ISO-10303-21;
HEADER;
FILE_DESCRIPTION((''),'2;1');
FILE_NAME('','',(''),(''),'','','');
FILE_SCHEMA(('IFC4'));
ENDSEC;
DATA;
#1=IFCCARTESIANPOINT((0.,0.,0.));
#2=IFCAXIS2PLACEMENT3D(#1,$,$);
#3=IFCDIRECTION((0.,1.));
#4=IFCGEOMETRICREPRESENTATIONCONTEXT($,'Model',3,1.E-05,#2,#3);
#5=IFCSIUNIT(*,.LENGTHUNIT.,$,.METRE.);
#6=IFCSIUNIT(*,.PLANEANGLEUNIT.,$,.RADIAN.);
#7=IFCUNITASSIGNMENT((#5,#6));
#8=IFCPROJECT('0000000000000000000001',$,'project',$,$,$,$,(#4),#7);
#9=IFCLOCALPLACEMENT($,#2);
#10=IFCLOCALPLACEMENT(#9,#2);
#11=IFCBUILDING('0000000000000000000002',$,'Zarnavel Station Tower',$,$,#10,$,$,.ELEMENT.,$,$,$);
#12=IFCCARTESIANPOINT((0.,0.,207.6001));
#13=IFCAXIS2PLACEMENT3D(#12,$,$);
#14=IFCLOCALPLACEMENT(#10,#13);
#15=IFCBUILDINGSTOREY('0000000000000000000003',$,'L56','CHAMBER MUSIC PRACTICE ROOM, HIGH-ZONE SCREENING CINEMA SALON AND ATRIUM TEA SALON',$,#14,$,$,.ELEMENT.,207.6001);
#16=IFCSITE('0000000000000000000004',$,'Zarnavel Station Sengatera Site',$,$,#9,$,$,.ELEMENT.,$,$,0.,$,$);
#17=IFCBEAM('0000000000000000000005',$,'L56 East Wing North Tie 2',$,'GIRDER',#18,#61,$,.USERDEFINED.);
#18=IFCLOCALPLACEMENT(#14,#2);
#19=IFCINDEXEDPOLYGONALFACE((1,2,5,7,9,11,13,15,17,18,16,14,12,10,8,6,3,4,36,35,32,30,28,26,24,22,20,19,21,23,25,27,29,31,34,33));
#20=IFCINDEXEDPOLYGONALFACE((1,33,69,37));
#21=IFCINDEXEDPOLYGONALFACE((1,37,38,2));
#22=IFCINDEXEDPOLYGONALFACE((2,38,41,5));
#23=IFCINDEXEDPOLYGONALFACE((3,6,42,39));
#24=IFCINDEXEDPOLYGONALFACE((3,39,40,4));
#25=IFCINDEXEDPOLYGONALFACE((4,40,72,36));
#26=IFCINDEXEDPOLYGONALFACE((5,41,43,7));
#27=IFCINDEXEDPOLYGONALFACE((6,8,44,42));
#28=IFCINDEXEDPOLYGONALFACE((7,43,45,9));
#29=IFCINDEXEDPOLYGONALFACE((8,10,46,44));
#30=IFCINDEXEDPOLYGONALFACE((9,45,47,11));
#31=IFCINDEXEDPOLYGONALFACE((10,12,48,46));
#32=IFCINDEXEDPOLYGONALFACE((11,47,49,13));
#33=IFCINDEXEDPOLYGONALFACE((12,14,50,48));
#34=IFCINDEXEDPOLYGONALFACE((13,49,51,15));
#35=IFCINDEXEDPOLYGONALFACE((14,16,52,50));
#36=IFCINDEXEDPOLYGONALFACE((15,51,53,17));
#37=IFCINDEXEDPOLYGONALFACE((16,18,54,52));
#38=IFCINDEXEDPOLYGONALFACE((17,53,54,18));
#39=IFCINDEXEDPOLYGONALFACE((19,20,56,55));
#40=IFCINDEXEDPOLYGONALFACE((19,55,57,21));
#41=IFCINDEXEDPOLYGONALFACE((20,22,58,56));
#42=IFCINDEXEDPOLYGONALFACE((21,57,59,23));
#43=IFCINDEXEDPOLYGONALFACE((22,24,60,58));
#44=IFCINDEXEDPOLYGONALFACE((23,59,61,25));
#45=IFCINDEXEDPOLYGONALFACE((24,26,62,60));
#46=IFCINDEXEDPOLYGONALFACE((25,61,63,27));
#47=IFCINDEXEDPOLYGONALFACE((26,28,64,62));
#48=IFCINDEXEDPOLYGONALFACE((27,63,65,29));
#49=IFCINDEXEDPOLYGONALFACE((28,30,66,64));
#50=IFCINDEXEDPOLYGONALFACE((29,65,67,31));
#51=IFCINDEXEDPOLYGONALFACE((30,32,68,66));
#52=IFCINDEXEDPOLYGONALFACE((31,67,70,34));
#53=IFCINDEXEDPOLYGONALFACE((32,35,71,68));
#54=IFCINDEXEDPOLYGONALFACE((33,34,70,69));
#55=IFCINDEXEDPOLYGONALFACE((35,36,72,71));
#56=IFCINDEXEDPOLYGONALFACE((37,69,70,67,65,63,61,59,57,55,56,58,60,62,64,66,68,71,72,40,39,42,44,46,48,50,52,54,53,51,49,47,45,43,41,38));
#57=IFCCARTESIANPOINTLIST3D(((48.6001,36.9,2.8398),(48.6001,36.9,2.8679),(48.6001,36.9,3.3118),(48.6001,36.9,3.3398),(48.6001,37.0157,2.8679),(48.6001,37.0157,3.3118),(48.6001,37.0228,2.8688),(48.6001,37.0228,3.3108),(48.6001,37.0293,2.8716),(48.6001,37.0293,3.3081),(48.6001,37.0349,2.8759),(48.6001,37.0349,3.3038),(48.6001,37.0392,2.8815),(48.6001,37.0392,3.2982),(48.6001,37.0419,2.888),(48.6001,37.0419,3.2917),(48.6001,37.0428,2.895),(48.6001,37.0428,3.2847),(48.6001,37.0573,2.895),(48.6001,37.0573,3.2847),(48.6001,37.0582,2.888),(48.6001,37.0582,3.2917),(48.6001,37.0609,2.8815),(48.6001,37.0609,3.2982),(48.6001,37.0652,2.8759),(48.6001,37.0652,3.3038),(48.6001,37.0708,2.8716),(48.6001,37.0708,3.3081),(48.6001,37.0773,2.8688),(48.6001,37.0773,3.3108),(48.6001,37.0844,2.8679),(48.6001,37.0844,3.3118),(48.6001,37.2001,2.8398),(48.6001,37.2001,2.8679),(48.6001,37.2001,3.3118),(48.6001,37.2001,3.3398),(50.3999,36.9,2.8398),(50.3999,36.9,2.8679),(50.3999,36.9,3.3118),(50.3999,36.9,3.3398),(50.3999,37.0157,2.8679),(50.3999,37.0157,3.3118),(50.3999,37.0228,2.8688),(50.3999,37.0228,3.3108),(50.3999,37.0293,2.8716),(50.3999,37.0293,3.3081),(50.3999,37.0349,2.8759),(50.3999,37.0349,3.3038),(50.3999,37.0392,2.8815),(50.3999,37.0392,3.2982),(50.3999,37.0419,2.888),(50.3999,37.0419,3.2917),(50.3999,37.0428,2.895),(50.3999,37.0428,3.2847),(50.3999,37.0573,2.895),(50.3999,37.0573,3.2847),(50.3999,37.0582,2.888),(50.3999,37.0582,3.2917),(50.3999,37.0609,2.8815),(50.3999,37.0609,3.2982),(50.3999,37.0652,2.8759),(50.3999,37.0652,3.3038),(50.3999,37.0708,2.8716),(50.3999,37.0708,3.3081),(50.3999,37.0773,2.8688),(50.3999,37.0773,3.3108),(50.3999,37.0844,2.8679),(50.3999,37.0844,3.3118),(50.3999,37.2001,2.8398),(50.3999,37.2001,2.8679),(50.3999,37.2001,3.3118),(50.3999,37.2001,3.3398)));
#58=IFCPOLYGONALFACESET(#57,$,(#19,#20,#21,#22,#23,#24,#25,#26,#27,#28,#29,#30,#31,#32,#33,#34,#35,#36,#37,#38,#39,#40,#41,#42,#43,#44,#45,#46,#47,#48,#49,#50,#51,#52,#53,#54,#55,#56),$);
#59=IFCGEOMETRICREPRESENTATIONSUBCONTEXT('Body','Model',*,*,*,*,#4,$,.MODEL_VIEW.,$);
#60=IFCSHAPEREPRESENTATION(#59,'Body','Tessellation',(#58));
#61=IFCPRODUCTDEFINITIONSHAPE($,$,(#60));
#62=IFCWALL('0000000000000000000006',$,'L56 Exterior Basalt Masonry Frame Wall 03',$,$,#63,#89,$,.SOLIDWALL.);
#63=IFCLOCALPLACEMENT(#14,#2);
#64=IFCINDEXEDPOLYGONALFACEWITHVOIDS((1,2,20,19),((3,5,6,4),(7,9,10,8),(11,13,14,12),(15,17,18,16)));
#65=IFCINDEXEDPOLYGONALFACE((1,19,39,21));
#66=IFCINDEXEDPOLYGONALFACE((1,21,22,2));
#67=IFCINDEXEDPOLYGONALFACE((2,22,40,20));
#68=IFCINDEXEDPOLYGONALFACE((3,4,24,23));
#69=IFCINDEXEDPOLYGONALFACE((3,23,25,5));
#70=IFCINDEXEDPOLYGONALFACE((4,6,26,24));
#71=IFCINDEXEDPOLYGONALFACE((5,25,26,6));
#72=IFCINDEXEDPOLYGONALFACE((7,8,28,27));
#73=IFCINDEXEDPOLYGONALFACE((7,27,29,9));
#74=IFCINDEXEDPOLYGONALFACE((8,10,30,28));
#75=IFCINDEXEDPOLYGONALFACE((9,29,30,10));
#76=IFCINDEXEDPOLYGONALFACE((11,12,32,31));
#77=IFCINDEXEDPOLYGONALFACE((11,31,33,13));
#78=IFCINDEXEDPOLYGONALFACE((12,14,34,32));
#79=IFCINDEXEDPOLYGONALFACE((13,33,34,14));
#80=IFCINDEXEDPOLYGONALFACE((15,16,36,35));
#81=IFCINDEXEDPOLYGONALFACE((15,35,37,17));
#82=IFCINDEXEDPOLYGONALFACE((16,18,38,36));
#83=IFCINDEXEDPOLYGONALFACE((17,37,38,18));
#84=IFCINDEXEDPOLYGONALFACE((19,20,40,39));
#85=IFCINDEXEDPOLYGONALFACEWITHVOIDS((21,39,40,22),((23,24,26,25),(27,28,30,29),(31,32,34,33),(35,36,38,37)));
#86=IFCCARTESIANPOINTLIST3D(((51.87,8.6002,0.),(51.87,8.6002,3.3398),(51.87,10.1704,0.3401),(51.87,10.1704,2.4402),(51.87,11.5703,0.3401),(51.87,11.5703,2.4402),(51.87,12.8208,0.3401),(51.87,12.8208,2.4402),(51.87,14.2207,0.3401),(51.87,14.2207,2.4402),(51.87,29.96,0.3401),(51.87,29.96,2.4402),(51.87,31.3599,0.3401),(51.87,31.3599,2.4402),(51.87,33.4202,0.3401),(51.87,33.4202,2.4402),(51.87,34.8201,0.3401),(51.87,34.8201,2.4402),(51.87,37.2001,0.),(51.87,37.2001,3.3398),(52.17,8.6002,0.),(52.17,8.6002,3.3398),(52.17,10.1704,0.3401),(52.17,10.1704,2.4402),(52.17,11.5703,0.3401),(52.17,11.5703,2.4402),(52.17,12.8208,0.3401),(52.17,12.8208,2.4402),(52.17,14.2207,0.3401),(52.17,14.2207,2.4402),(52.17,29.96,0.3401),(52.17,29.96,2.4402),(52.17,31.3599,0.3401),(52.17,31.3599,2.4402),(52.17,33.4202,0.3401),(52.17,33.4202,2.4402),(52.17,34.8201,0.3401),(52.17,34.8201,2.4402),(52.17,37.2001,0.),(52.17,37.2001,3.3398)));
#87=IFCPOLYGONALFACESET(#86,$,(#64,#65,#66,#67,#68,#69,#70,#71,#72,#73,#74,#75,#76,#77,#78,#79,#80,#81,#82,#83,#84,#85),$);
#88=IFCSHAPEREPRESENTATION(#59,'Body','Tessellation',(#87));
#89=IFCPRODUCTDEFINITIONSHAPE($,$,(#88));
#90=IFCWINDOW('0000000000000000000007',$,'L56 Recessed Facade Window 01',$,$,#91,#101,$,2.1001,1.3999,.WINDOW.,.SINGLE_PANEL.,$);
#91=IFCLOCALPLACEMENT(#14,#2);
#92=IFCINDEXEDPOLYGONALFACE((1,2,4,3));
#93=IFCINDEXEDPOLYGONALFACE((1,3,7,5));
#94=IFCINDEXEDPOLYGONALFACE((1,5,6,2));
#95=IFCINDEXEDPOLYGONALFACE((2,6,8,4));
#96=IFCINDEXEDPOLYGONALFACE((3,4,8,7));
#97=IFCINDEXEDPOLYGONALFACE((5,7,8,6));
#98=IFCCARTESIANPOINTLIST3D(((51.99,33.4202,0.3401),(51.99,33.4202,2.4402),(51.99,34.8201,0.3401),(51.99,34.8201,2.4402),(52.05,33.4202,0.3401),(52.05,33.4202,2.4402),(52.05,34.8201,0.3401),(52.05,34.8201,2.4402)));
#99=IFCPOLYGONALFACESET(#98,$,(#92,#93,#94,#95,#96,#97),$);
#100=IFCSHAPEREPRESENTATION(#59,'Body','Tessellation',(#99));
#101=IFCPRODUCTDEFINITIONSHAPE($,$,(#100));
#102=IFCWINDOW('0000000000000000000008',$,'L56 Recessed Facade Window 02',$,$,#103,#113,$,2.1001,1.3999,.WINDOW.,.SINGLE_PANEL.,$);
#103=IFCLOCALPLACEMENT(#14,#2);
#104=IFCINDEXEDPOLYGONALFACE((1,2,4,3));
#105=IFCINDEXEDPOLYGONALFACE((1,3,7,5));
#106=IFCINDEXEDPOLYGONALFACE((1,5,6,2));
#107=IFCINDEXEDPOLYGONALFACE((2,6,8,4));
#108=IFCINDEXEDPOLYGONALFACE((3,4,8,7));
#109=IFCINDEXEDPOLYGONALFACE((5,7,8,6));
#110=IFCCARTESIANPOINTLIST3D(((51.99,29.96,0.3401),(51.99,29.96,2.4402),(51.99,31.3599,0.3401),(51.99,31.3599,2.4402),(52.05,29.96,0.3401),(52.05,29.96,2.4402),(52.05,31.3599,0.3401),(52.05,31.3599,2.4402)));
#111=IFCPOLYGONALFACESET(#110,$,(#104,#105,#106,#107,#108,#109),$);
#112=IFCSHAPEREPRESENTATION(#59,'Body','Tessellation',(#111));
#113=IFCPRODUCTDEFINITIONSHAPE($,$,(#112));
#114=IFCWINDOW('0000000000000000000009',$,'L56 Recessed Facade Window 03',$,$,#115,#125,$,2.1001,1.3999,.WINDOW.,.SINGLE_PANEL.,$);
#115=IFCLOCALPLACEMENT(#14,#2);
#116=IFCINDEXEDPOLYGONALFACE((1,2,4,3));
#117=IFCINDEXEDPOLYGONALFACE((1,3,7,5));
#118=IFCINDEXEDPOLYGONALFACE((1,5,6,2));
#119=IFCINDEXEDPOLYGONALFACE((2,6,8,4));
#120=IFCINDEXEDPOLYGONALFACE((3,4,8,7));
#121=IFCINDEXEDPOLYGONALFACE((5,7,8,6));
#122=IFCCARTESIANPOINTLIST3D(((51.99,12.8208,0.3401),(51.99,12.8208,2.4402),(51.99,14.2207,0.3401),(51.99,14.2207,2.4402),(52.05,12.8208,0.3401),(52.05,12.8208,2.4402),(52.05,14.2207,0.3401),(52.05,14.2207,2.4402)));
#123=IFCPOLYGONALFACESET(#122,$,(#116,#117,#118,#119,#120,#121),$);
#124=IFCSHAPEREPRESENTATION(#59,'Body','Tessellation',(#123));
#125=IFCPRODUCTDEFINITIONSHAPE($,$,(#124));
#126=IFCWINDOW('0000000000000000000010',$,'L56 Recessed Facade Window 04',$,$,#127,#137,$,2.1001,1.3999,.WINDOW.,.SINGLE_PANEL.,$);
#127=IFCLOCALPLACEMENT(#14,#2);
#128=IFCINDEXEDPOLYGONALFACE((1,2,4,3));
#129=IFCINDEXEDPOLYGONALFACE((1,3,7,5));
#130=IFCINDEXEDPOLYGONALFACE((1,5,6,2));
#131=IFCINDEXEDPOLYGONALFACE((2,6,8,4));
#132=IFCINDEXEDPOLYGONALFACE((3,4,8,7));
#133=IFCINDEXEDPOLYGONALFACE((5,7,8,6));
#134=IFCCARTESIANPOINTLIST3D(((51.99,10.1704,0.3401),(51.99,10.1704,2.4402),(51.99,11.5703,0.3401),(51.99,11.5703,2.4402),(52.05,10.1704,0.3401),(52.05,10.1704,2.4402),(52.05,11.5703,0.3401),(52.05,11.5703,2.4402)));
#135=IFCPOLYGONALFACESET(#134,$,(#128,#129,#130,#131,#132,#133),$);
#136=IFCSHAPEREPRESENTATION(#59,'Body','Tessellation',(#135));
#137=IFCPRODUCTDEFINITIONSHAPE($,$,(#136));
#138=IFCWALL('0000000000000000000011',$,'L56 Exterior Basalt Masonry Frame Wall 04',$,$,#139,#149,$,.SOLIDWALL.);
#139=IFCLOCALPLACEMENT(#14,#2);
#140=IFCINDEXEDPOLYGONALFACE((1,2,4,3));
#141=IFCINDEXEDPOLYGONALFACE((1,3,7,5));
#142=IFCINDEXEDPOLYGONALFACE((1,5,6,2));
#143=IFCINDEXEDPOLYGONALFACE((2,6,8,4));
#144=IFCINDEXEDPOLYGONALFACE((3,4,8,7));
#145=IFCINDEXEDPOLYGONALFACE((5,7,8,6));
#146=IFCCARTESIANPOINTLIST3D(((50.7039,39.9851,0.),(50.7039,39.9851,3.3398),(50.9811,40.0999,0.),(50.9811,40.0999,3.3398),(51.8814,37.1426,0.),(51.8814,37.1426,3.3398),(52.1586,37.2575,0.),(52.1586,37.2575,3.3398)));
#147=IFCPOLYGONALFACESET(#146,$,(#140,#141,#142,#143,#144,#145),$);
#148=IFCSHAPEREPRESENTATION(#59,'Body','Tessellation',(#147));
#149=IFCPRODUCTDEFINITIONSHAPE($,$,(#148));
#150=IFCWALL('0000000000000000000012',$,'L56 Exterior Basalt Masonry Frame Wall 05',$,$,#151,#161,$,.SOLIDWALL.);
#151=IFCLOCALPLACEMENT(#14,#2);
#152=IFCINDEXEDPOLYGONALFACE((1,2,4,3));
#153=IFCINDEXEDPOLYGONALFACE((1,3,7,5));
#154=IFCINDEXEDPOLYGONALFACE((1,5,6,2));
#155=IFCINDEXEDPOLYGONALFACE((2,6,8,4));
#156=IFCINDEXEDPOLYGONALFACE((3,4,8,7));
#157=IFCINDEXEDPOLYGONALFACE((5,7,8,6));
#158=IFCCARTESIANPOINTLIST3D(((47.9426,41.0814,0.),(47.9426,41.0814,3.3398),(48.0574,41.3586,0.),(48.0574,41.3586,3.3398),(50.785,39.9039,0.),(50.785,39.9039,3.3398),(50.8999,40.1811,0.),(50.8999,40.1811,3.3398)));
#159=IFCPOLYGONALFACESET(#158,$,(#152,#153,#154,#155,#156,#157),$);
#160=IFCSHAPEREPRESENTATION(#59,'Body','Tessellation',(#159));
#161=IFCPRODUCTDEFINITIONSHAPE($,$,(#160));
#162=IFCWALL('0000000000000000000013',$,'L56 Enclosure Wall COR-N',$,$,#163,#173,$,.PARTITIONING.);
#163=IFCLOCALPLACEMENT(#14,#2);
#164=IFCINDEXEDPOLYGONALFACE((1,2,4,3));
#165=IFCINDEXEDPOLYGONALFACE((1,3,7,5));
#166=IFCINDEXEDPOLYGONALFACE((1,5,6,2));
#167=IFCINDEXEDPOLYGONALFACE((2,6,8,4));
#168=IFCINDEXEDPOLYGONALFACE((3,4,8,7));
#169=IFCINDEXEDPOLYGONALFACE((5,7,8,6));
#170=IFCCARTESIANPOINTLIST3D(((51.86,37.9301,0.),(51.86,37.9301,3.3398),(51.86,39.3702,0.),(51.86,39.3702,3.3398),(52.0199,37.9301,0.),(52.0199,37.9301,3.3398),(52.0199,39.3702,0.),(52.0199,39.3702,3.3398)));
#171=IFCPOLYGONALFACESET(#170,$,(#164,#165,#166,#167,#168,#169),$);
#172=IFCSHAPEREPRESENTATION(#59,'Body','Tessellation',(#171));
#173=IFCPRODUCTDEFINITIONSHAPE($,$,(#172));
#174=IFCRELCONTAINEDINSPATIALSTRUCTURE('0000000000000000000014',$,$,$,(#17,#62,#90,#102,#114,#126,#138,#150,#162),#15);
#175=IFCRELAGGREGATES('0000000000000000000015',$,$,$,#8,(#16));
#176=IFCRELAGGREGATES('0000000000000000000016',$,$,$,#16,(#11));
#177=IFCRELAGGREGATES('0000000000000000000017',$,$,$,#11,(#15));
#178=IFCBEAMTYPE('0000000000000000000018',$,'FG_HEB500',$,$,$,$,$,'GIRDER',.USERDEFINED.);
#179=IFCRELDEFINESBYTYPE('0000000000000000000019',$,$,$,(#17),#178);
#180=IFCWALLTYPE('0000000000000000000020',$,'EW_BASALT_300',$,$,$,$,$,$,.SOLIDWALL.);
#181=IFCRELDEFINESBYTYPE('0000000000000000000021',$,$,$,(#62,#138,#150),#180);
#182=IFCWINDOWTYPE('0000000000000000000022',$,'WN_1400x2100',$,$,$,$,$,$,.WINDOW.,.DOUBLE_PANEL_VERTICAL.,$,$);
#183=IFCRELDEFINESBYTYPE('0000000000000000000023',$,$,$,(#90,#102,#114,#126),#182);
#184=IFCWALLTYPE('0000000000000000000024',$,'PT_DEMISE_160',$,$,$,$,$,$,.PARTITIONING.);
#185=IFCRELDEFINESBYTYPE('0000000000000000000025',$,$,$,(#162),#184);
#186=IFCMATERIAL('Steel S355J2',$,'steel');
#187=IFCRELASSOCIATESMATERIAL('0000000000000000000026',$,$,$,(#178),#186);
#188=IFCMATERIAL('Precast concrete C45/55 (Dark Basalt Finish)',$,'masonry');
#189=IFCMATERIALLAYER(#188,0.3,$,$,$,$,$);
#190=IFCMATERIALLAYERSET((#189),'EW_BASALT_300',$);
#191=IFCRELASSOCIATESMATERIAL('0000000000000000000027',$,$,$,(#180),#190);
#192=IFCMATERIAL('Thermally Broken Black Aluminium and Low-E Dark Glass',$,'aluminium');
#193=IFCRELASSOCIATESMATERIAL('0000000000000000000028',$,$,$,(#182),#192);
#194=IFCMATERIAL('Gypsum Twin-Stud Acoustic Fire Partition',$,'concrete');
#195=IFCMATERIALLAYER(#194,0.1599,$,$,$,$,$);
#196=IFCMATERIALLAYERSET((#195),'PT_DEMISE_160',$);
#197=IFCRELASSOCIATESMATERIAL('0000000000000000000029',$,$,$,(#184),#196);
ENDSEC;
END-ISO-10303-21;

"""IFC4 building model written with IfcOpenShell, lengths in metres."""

from ifc_helpers import new_model, si_unit, direction, frame, frame_2d, origin, origin_2d, place, context, subcontext, project, spatial, rectangle, i_section, extrude, material, layer, layer_set, material_profile, profile_set, type_object, element, fill, save


model = new_model("IFC4")

# Units and contexts
model_context = context("Model", 3, precision=1e-05, world=origin(), true_north=direction((0.0, 1.0)))
body_context = subcontext(model_context, "Body", "Model", "MODEL_VIEW")
ifc_project = project(units=[si_unit("LENGTHUNIT", "METRE"), si_unit("PLANEANGLEUNIT", "RADIAN")], contexts=[model_context])

# Site, building, storey
site_placement = place(None, origin())
site = spatial("IfcSite", under=ifc_project, at=site_placement, Name="Zarnavel Station Sengatera Site", CompositionType="ELEMENT", RefElevation=0.0)
building_placement = place(site_placement, origin())
building = spatial("IfcBuilding", under=site, at=building_placement, Name="Zarnavel Station Tower", CompositionType="ELEMENT")
storey_placement = place(building_placement, frame((0.0, 0.0, 207.6001)))
storey = spatial("IfcBuildingStorey", under=building, at=storey_placement, Name="L56", Description="CHAMBER MUSIC PRACTICE ROOM, HIGH-ZONE SCREENING CINEMA SALON AND ATRIUM TEA SALON", CompositionType="ELEMENT", Elevation=207.6001)

# Beam
ifc_material_1 = material(Name="Steel S355J2", Category="steel")
ifc_material_profile_1 = material_profile(ifc_material_1, i_section(OverallWidth=0.3, OverallDepth=0.5, WebThickness=0.0144, FlangeThickness=0.0281, FilletRadius=0.0271, at=origin_2d()), Name="HEB500")
ifc_profile_set_1 = profile_set([ifc_material_profile_1], Name="Steel S355J2")
beam_type = type_object("IfcBeamType", Name="FG_HEB500", ElementType="GIRDER", PredefinedType="USERDEFINED", material=ifc_profile_set_1)
beam_1_placement = place(storey_placement, frame((48.6001, 37.05, 3.0898), z_axis=(1.0, 0.0, 0.0), x_axis=(0.0, 1.0, 0.0)))
element("IfcBeam", 1, at=beam_1_placement, inside=storey, type_object=beam_type, Name="L56 East Wing North Tie 2", ObjectType="GIRDER", PredefinedType="USERDEFINED", context=body_context, shape_type="SweptSolid", body=[
    extrude(i_section(OverallWidth=0.3, OverallDepth=0.5, WebThickness=0.0144, FlangeThickness=0.0281, FilletRadius=0.0271, at=origin_2d()), origin(), (0.0, 0.0, 1.0), 1.7998),
])

# Wall, openings, windows
ifc_material_2 = material(Name="Precast concrete C45/55 (Dark Basalt Finish)", Category="masonry")
ifc_layer_1 = layer(ifc_material_2, 0.3)
ifc_layer_set_1 = layer_set([ifc_layer_1], Name="EW_BASALT_300")
wall_type_1 = type_object("IfcWallType", Name="EW_BASALT_300", PredefinedType="SOLIDWALL", material=ifc_layer_set_1)
wall_1_placement = place(storey_placement, frame((52.02, 37.2, 0.0), z_axis=(0.0, 0.0, 1.0), x_axis=(0.0, -1.0, 0.0)))
wall_1 = element("IfcWall", 2, at=wall_1_placement, inside=storey, type_object=wall_type_1, Name="L56 Exterior Basalt Masonry Frame Wall 03", PredefinedType="SOLIDWALL", context=body_context, shape_type="SweptSolid", body=[
    extrude(rectangle(XDim=28.5999, YDim=0.3, at=frame_2d((14.2998, 0.0))), origin(), (0.0, 0.0, 1.0), 3.3398),
])
opening_1_placement = place(wall_1_placement, frame((2.3799, 0.0, 0.3401)))
opening_1 = element("IfcOpeningElement", 3, at=opening_1_placement, cuts=wall_1, PredefinedType="OPENING", context=body_context, shape_type="SweptSolid", body=[
    extrude(rectangle(XDim=1.3999, YDim=2.1001, at=frame_2d((0.7, 1.05))), frame((0.0, 0.1599, 0.0), z_axis=(0.0, -1.0, 0.0), x_axis=(1.0, 0.0, 0.0)), (0.0, 0.0, 1.0), 0.3201),
])
opening_2_placement = place(wall_1_placement, frame((5.8401, 0.0, 0.3401)))
opening_2 = element("IfcOpeningElement", 4, at=opening_2_placement, cuts=wall_1, PredefinedType="OPENING", context=body_context, shape_type="SweptSolid", body=[
    extrude(rectangle(XDim=1.3999, YDim=2.1001, at=frame_2d((0.7, 1.05))), frame((0.0, 0.1599, 0.0), z_axis=(0.0, -1.0, 0.0), x_axis=(1.0, 0.0, 0.0)), (0.0, 0.0, 1.0), 0.3201),
])
opening_3_placement = place(wall_1_placement, frame((22.9792, 0.0, 0.3401)))
opening_3 = element("IfcOpeningElement", 5, at=opening_3_placement, cuts=wall_1, PredefinedType="OPENING", context=body_context, shape_type="SweptSolid", body=[
    extrude(rectangle(XDim=1.3999, YDim=2.1001, at=frame_2d((0.7, 1.05))), frame((0.0, 0.1599, 0.0), z_axis=(0.0, -1.0, 0.0), x_axis=(1.0, 0.0, 0.0)), (0.0, 0.0, 1.0), 0.3201),
])
opening_4_placement = place(wall_1_placement, frame((25.6296, 0.0, 0.3401)))
opening_4 = element("IfcOpeningElement", 6, at=opening_4_placement, cuts=wall_1, PredefinedType="OPENING", context=body_context, shape_type="SweptSolid", body=[
    extrude(rectangle(XDim=1.3999, YDim=2.1001, at=frame_2d((0.7, 1.05))), frame((0.0, 0.1599, 0.0), z_axis=(0.0, -1.0, 0.0), x_axis=(1.0, 0.0, 0.0)), (0.0, 0.0, 1.0), 0.3201),
])
ifc_material_3 = material(Name="Thermally Broken Black Aluminium and Low-E Dark Glass", Category="aluminium")
window_type = type_object("IfcWindowType", Name="WN_1400x2100", PartitioningType="DOUBLE_PANEL_VERTICAL", PredefinedType="WINDOW", material=ifc_material_3)
window_1_placement = place(opening_1_placement, origin())
window_1 = element("IfcWindow", 7, at=window_1_placement, inside=storey, type_object=window_type, Name="L56 Recessed Facade Window 01", OverallHeight=2.1001, OverallWidth=1.3999, PartitioningType="SINGLE_PANEL", PredefinedType="WINDOW", context=body_context, shape_type="SweptSolid", body=[
    extrude(rectangle(XDim=1.3999, YDim=2.1001, at=frame_2d((0.7, 1.05))), frame((0.0, 0.03, 0.0), z_axis=(0.0, -1.0, 0.0), x_axis=(1.0, 0.0, 0.0)), (0.0, 0.0, 1.0), 0.0601),
])
fill(opening_1, window_1)
window_2_placement = place(opening_2_placement, origin())
window_2 = element("IfcWindow", 8, at=window_2_placement, inside=storey, type_object=window_type, Name="L56 Recessed Facade Window 02", OverallHeight=2.1001, OverallWidth=1.3999, PartitioningType="SINGLE_PANEL", PredefinedType="WINDOW", context=body_context, shape_type="SweptSolid", body=[
    extrude(rectangle(XDim=1.3999, YDim=2.1001, at=frame_2d((0.7, 1.05))), frame((0.0, 0.03, 0.0), z_axis=(0.0, -1.0, 0.0), x_axis=(1.0, 0.0, 0.0)), (0.0, 0.0, 1.0), 0.0601),
])
fill(opening_2, window_2)
window_3_placement = place(opening_3_placement, origin())
window_3 = element("IfcWindow", 9, at=window_3_placement, inside=storey, type_object=window_type, Name="L56 Recessed Facade Window 03", OverallHeight=2.1001, OverallWidth=1.3999, PartitioningType="SINGLE_PANEL", PredefinedType="WINDOW", context=body_context, shape_type="SweptSolid", body=[
    extrude(rectangle(XDim=1.3999, YDim=2.1001, at=frame_2d((0.7, 1.05))), frame((0.0, 0.03, 0.0), z_axis=(0.0, -1.0, 0.0), x_axis=(1.0, 0.0, 0.0)), (0.0, 0.0, 1.0), 0.0601),
])
fill(opening_3, window_3)
window_4_placement = place(opening_4_placement, origin())
window_4 = element("IfcWindow", 10, at=window_4_placement, inside=storey, type_object=window_type, Name="L56 Recessed Facade Window 04", OverallHeight=2.1001, OverallWidth=1.3999, PartitioningType="SINGLE_PANEL", PredefinedType="WINDOW", context=body_context, shape_type="SweptSolid", body=[
    extrude(rectangle(XDim=1.3999, YDim=2.1001, at=frame_2d((0.7, 1.05))), frame((0.0, 0.03, 0.0), z_axis=(0.0, -1.0, 0.0), x_axis=(1.0, 0.0, 0.0)), (0.0, 0.0, 1.0), 0.0601),
])
fill(opening_4, window_4)

# Walls
for number, where, z_axis, x_axis, name in (
    (11, (50.8425, 40.0425, 0.0), (0.0, 0.0, 1.0), (0.382705, -0.923871, 0.0), "L56 Exterior Basalt Masonry Frame Wall 04"),
    (12, (48.0, 41.22, 0.0), (0.0, 0.0, 1.0), (0.923871, -0.382705, 0.0), "L56 Exterior Basalt Masonry Frame Wall 05"),
):
    element("IfcWall", number, at=place(storey_placement, frame(where, z_axis=z_axis, x_axis=x_axis)), inside=storey, type_object=wall_type_1, Name=name, PredefinedType="SOLIDWALL", context=body_context, shape_type="SweptSolid", body=[
        extrude(rectangle(XDim=3.0767, YDim=0.3, at=frame_2d((1.5383, 0.0))), origin(), (0.0, 0.0, 1.0), 3.3398),
    ])
ifc_material_4 = material(Name="Gypsum Twin-Stud Acoustic Fire Partition", Category="concrete")
ifc_layer_2 = layer(ifc_material_4, 0.1599)
ifc_layer_set_2 = layer_set([ifc_layer_2], Name="PT_DEMISE_160")
wall_type_2 = type_object("IfcWallType", Name="PT_DEMISE_160", PredefinedType="PARTITIONING", material=ifc_layer_set_2)
wall_2_placement = place(storey_placement, frame((51.9399, 37.9299, 0.0), z_axis=(0.0, 0.0, 1.0), x_axis=(0.0, 1.0, 0.0)))
element("IfcWall", 13, at=wall_2_placement, inside=storey, type_object=wall_type_2, Name="L56 Enclosure Wall COR-N", PredefinedType="PARTITIONING", context=body_context, shape_type="SweptSolid", body=[
    extrude(rectangle(XDim=1.4402, YDim=0.1599, at=frame_2d((0.7202, 0.0))), origin(), (0.0, 0.0, 1.0), 3.3398),
])

save(model, "model.ifc")
